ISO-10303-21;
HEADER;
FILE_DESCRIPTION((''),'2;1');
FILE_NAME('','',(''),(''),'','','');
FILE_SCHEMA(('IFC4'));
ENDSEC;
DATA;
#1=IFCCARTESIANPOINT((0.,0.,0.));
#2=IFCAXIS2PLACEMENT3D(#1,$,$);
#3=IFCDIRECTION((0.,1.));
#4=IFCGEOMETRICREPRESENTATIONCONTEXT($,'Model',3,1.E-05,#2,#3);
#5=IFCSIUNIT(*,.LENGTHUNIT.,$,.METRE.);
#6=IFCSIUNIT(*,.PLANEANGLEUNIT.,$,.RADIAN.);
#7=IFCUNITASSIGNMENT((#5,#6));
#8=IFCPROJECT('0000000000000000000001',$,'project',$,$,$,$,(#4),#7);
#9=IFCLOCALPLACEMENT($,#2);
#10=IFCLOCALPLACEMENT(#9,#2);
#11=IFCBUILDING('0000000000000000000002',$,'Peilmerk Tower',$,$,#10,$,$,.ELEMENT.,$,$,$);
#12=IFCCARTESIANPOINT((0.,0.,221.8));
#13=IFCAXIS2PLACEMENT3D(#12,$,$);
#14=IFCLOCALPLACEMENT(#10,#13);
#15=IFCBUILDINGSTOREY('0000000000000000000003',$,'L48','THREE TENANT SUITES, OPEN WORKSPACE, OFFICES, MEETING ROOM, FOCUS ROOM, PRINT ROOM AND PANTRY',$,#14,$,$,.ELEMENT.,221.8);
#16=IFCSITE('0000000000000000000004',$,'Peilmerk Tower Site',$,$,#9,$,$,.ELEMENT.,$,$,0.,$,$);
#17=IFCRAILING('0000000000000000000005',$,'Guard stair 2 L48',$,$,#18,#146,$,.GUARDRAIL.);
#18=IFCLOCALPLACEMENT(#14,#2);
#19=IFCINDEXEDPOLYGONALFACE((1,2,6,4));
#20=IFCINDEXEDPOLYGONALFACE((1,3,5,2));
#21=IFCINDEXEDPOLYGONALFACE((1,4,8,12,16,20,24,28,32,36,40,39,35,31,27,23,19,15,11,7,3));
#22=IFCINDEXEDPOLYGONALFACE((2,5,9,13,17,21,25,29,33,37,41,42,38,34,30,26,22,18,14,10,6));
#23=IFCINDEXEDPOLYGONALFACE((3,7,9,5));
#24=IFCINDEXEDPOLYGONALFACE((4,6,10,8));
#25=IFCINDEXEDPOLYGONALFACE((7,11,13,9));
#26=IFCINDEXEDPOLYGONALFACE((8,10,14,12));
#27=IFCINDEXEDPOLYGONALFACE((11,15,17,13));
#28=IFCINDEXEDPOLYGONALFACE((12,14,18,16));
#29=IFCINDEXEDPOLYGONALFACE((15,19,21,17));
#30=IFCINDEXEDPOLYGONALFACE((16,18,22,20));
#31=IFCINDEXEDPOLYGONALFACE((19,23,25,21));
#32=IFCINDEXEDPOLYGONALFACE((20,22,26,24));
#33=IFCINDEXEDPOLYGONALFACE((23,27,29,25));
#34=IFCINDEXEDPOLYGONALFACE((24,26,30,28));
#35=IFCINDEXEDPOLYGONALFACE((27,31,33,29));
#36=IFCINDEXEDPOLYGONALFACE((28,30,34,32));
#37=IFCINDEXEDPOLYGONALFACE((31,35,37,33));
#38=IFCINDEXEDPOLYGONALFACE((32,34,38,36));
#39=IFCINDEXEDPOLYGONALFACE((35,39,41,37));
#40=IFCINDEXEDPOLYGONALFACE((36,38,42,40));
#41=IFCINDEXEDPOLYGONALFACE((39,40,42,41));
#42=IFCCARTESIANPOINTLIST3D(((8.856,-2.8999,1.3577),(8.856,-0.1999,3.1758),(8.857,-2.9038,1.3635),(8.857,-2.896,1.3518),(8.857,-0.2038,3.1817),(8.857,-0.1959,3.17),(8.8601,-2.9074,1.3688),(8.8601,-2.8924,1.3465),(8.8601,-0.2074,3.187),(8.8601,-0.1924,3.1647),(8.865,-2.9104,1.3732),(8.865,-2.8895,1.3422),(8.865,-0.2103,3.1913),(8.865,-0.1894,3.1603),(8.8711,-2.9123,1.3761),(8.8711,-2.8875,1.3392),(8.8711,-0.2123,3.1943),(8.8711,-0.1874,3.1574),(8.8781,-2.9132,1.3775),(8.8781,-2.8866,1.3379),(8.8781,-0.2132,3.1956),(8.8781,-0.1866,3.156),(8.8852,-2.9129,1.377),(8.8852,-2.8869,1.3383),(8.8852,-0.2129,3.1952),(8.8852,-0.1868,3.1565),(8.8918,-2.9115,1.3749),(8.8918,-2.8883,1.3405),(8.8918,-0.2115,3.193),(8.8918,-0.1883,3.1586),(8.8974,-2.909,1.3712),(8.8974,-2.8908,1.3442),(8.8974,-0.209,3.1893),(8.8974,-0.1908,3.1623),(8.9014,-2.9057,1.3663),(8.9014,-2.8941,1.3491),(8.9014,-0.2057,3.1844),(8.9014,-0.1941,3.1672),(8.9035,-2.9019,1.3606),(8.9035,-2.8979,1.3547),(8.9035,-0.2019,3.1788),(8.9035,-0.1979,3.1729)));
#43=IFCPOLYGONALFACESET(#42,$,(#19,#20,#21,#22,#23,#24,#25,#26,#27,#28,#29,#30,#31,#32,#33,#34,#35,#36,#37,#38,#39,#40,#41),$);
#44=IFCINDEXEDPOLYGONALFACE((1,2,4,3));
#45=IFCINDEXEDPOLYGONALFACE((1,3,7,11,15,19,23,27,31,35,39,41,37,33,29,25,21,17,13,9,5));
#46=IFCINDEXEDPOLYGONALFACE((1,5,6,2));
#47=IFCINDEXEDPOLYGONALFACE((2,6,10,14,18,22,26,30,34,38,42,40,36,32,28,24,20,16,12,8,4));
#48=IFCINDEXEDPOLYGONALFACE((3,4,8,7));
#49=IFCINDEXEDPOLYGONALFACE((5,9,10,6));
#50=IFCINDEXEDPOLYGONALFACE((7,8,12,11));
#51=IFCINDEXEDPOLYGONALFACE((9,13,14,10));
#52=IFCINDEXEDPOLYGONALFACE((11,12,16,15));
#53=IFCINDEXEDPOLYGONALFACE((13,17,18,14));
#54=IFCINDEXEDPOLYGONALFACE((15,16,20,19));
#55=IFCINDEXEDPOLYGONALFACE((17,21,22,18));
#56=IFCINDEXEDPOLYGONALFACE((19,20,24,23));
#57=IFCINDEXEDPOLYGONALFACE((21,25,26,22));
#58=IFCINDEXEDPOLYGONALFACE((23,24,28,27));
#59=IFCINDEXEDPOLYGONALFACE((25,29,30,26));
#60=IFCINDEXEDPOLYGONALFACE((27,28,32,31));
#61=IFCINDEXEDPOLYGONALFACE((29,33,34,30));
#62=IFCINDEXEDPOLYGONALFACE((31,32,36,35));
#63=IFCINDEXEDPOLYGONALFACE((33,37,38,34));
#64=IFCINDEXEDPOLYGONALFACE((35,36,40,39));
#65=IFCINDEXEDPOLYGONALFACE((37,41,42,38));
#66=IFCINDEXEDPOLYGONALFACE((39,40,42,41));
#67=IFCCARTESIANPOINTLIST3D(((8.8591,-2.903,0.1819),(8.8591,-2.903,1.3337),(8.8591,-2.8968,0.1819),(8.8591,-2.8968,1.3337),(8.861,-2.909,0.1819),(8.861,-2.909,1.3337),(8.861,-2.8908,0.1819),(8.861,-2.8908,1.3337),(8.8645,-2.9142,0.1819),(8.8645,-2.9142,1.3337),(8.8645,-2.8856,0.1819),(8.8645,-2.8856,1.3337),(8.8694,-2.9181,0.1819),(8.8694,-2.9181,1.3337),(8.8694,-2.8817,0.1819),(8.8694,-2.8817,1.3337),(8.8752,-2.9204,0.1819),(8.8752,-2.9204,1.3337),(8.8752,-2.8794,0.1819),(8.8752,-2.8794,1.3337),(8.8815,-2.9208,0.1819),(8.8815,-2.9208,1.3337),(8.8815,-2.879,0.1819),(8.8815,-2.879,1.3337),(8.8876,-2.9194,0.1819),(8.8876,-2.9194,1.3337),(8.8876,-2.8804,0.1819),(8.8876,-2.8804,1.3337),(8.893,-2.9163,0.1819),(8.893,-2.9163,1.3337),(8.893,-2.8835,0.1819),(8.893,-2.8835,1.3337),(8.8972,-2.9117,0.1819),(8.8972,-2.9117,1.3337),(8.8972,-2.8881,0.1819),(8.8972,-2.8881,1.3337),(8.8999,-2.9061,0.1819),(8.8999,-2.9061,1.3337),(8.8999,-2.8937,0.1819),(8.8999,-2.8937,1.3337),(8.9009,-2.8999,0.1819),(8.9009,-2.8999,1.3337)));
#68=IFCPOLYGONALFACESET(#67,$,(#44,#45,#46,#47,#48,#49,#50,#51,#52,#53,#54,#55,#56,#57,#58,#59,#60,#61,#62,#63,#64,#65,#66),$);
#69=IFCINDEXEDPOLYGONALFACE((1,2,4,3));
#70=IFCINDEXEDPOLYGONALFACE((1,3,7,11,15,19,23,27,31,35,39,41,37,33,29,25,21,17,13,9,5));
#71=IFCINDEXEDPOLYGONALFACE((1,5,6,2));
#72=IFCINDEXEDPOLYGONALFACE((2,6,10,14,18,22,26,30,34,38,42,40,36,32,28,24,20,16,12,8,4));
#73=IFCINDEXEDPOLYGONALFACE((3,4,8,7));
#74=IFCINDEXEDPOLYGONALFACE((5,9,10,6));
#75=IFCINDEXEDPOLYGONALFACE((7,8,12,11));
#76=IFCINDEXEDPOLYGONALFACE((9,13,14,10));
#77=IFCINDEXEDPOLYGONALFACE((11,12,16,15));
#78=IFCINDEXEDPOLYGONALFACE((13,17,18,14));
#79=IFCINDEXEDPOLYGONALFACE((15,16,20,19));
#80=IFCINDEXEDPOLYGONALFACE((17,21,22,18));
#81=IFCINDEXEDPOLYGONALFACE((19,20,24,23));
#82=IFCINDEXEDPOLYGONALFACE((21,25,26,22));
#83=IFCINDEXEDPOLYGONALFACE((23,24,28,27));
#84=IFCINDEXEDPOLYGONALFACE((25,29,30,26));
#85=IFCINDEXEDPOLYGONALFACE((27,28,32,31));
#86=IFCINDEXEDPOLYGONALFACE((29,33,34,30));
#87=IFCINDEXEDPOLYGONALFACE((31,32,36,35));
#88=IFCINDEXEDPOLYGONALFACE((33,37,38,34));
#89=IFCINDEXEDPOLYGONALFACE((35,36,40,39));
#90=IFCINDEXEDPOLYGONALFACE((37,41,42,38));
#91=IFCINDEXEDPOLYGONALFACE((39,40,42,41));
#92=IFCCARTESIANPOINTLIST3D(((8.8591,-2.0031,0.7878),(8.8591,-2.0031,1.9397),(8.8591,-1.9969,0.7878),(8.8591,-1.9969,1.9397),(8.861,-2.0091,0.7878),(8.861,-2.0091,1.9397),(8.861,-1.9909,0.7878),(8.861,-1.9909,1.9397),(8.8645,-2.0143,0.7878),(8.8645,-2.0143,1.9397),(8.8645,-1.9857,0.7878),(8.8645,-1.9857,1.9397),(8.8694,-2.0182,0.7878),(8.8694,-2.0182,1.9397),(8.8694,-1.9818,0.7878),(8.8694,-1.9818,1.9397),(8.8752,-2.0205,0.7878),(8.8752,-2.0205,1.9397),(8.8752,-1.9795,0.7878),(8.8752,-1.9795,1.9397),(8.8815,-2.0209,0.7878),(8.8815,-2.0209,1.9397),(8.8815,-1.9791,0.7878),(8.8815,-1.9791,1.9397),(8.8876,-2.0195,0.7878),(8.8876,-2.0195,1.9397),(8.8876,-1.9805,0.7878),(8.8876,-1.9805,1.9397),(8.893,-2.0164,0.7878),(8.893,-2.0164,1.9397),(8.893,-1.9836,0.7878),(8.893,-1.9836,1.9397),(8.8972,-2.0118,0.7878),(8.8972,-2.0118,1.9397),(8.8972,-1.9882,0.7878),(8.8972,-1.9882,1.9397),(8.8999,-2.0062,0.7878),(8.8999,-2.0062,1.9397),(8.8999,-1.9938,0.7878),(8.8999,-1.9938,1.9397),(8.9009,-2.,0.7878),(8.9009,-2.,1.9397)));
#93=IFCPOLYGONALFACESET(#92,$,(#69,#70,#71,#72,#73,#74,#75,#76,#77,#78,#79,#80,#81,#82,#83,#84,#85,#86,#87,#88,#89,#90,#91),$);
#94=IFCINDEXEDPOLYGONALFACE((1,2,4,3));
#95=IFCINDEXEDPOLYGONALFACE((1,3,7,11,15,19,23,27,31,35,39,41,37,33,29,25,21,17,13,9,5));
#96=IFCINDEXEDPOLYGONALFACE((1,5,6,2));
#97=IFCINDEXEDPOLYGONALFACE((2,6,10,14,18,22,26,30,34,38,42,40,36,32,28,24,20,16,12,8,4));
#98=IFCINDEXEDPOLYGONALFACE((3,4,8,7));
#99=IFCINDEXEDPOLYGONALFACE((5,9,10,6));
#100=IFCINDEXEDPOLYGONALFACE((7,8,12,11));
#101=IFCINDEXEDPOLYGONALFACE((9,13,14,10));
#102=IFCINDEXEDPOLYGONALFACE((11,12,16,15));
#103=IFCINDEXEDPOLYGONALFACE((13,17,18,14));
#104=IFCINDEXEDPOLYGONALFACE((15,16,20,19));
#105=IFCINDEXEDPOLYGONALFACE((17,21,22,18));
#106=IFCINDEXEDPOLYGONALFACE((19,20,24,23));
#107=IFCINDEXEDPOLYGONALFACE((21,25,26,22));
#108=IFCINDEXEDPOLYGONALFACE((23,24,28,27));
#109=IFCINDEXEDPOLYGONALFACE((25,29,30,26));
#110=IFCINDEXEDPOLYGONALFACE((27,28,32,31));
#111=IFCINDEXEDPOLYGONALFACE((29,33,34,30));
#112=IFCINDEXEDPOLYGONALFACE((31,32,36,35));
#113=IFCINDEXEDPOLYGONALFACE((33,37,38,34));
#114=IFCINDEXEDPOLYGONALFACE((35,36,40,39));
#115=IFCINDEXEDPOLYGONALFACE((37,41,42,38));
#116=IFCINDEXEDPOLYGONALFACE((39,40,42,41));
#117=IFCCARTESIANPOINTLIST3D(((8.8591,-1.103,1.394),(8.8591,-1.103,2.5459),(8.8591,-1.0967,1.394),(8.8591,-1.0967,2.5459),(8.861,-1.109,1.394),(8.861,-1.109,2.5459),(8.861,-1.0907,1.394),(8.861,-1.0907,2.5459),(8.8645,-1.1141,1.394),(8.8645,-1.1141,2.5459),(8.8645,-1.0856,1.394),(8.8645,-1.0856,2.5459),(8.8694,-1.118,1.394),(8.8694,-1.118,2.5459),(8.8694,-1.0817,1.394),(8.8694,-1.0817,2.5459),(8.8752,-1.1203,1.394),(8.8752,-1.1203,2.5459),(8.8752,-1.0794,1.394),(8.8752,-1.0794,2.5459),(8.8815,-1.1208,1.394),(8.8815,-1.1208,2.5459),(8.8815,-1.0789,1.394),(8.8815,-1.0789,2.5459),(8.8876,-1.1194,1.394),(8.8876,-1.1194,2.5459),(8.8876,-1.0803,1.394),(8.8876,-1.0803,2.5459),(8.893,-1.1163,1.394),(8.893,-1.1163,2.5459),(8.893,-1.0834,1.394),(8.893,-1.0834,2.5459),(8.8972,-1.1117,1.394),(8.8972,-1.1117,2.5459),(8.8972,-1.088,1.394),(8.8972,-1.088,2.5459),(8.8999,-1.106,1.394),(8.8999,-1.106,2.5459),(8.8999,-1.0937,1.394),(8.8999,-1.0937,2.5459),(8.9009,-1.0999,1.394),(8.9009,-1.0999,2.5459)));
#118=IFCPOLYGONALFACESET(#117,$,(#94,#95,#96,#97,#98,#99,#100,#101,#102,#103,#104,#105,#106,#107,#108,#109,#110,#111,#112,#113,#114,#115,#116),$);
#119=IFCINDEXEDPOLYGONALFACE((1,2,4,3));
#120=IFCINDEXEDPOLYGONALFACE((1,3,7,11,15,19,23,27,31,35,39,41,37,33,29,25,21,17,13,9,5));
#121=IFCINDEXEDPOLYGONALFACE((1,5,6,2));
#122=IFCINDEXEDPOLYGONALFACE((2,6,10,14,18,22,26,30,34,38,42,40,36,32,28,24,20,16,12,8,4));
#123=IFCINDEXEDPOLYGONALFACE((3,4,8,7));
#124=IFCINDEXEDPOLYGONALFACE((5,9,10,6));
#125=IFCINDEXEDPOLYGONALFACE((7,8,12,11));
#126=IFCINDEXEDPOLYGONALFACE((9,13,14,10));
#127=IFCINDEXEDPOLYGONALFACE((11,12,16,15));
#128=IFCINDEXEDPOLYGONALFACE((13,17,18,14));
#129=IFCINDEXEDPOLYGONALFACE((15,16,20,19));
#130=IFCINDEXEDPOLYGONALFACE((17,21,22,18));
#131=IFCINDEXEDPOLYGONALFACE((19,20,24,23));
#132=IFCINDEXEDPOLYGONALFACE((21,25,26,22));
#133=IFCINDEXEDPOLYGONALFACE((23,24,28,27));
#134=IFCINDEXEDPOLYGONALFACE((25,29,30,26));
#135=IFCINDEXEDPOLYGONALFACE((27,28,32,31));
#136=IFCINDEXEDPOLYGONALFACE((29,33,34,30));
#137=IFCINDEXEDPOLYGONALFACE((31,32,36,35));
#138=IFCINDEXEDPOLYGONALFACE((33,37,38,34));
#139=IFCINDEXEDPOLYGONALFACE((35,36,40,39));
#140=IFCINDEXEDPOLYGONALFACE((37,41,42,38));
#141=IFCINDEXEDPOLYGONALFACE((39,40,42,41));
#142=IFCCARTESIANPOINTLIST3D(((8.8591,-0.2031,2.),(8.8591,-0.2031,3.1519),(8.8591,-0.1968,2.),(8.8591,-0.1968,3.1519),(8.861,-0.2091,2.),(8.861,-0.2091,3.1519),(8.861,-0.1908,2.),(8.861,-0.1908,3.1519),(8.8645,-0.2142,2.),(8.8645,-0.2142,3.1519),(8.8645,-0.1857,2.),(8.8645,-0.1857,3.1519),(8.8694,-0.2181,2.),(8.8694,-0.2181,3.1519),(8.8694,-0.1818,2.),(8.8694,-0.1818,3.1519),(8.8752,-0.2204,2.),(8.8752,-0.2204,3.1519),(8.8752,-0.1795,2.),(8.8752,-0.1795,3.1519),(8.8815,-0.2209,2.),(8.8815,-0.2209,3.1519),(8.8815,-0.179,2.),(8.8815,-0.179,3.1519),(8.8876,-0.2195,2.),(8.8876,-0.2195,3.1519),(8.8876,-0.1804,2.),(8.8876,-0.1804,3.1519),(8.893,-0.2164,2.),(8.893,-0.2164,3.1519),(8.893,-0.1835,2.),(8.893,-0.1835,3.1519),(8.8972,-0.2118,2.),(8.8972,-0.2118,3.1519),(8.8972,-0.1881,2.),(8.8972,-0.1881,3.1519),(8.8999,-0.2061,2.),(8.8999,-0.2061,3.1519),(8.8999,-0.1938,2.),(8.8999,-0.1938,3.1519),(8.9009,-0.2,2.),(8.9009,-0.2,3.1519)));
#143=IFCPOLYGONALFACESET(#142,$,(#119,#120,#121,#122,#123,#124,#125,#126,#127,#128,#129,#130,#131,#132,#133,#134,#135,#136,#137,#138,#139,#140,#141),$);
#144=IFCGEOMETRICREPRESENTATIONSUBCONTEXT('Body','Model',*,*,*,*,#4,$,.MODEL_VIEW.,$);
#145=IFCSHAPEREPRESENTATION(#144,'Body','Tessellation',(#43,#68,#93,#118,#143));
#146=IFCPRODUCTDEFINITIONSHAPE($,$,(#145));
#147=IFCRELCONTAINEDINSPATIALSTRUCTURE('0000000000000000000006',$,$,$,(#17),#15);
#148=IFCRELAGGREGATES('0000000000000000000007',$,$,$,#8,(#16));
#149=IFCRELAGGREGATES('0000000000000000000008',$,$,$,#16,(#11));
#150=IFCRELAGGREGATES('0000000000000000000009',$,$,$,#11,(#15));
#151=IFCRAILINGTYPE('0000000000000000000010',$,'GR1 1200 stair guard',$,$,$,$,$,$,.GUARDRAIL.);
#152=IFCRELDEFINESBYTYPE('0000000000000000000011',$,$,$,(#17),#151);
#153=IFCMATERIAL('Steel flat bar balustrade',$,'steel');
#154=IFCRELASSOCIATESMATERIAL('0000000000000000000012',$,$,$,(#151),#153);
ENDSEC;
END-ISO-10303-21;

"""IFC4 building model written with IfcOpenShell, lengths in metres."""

from ifc_helpers import new_model, si_unit, direction, frame, origin, origin_2d, place, context, subcontext, project, spatial, circle, extrude, material, type_object, element, save


model = new_model("IFC4")

# Units and contexts
model_context = context("Model", 3, precision=1e-05, world=origin(), true_north=direction((0.0, 1.0)))
body_context = subcontext(model_context, "Body", "Model", "MODEL_VIEW")
ifc_project = project(units=[si_unit("LENGTHUNIT", "METRE"), si_unit("PLANEANGLEUNIT", "RADIAN")], contexts=[model_context])

# Site, building, storey
site_placement = place(None, origin())
site = spatial("IfcSite", under=ifc_project, at=site_placement, Name="Peilmerk Tower Site", CompositionType="ELEMENT", RefElevation=0.0)
building_placement = place(site_placement, origin())
building = spatial("IfcBuilding", under=site, at=building_placement, Name="Peilmerk Tower", CompositionType="ELEMENT")
storey_placement = place(building_placement, frame((0.0, 0.0, 221.8)))
storey = spatial("IfcBuildingStorey", under=building, at=storey_placement, Name="L48", Description="THREE TENANT SUITES, OPEN WORKSPACE, OFFICES, MEETING ROOM, FOCUS ROOM, PRINT ROOM AND PANTRY", CompositionType="ELEMENT", Elevation=221.8)

# Railing
ifc_material_1 = material(Name="Steel flat bar balustrade", Category="steel")
railing_type_1 = type_object("IfcRailingType", Name="GR1 1200 stair guard", PredefinedType="GUARDRAIL", material=ifc_material_1)
railing_1_placement = place(storey_placement, frame((8.8799, -2.8999, 0.1819)))
element("IfcRailing", 1, at=railing_1_placement, inside=storey, type_object=railing_type_1, Name="Guard stair 2 L48", PredefinedType="GUARDRAIL", context=body_context, shape_type="SweptSolid", body=[
    extrude(circle(Radius=0.0239, at=origin_2d()), frame((0.0, 0.0, 1.1758), z_axis=(0.0, 0.829468, 0.558554), x_axis=(-1.0, 0.0, 0.0)), (0.0, 0.0, 1.0), 3.2551),
    extrude(circle(Radius=0.021, at=origin_2d()), origin(), (0.0, 0.0, 1.0), 1.1519),
    extrude(circle(Radius=0.021, at=origin_2d()), frame((0.0, 0.8999, 0.606)), (0.0, 0.0, 1.0), 1.1519),
    extrude(circle(Radius=0.021, at=origin_2d()), frame((0.0, 1.8, 1.2122)), (0.0, 0.0, 1.0), 1.1519),
    extrude(circle(Radius=0.021, at=origin_2d()), frame((0.0, 2.7, 1.8181)), (0.0, 0.0, 1.0), 1.1519),
])

save(model, "model.ifc")
